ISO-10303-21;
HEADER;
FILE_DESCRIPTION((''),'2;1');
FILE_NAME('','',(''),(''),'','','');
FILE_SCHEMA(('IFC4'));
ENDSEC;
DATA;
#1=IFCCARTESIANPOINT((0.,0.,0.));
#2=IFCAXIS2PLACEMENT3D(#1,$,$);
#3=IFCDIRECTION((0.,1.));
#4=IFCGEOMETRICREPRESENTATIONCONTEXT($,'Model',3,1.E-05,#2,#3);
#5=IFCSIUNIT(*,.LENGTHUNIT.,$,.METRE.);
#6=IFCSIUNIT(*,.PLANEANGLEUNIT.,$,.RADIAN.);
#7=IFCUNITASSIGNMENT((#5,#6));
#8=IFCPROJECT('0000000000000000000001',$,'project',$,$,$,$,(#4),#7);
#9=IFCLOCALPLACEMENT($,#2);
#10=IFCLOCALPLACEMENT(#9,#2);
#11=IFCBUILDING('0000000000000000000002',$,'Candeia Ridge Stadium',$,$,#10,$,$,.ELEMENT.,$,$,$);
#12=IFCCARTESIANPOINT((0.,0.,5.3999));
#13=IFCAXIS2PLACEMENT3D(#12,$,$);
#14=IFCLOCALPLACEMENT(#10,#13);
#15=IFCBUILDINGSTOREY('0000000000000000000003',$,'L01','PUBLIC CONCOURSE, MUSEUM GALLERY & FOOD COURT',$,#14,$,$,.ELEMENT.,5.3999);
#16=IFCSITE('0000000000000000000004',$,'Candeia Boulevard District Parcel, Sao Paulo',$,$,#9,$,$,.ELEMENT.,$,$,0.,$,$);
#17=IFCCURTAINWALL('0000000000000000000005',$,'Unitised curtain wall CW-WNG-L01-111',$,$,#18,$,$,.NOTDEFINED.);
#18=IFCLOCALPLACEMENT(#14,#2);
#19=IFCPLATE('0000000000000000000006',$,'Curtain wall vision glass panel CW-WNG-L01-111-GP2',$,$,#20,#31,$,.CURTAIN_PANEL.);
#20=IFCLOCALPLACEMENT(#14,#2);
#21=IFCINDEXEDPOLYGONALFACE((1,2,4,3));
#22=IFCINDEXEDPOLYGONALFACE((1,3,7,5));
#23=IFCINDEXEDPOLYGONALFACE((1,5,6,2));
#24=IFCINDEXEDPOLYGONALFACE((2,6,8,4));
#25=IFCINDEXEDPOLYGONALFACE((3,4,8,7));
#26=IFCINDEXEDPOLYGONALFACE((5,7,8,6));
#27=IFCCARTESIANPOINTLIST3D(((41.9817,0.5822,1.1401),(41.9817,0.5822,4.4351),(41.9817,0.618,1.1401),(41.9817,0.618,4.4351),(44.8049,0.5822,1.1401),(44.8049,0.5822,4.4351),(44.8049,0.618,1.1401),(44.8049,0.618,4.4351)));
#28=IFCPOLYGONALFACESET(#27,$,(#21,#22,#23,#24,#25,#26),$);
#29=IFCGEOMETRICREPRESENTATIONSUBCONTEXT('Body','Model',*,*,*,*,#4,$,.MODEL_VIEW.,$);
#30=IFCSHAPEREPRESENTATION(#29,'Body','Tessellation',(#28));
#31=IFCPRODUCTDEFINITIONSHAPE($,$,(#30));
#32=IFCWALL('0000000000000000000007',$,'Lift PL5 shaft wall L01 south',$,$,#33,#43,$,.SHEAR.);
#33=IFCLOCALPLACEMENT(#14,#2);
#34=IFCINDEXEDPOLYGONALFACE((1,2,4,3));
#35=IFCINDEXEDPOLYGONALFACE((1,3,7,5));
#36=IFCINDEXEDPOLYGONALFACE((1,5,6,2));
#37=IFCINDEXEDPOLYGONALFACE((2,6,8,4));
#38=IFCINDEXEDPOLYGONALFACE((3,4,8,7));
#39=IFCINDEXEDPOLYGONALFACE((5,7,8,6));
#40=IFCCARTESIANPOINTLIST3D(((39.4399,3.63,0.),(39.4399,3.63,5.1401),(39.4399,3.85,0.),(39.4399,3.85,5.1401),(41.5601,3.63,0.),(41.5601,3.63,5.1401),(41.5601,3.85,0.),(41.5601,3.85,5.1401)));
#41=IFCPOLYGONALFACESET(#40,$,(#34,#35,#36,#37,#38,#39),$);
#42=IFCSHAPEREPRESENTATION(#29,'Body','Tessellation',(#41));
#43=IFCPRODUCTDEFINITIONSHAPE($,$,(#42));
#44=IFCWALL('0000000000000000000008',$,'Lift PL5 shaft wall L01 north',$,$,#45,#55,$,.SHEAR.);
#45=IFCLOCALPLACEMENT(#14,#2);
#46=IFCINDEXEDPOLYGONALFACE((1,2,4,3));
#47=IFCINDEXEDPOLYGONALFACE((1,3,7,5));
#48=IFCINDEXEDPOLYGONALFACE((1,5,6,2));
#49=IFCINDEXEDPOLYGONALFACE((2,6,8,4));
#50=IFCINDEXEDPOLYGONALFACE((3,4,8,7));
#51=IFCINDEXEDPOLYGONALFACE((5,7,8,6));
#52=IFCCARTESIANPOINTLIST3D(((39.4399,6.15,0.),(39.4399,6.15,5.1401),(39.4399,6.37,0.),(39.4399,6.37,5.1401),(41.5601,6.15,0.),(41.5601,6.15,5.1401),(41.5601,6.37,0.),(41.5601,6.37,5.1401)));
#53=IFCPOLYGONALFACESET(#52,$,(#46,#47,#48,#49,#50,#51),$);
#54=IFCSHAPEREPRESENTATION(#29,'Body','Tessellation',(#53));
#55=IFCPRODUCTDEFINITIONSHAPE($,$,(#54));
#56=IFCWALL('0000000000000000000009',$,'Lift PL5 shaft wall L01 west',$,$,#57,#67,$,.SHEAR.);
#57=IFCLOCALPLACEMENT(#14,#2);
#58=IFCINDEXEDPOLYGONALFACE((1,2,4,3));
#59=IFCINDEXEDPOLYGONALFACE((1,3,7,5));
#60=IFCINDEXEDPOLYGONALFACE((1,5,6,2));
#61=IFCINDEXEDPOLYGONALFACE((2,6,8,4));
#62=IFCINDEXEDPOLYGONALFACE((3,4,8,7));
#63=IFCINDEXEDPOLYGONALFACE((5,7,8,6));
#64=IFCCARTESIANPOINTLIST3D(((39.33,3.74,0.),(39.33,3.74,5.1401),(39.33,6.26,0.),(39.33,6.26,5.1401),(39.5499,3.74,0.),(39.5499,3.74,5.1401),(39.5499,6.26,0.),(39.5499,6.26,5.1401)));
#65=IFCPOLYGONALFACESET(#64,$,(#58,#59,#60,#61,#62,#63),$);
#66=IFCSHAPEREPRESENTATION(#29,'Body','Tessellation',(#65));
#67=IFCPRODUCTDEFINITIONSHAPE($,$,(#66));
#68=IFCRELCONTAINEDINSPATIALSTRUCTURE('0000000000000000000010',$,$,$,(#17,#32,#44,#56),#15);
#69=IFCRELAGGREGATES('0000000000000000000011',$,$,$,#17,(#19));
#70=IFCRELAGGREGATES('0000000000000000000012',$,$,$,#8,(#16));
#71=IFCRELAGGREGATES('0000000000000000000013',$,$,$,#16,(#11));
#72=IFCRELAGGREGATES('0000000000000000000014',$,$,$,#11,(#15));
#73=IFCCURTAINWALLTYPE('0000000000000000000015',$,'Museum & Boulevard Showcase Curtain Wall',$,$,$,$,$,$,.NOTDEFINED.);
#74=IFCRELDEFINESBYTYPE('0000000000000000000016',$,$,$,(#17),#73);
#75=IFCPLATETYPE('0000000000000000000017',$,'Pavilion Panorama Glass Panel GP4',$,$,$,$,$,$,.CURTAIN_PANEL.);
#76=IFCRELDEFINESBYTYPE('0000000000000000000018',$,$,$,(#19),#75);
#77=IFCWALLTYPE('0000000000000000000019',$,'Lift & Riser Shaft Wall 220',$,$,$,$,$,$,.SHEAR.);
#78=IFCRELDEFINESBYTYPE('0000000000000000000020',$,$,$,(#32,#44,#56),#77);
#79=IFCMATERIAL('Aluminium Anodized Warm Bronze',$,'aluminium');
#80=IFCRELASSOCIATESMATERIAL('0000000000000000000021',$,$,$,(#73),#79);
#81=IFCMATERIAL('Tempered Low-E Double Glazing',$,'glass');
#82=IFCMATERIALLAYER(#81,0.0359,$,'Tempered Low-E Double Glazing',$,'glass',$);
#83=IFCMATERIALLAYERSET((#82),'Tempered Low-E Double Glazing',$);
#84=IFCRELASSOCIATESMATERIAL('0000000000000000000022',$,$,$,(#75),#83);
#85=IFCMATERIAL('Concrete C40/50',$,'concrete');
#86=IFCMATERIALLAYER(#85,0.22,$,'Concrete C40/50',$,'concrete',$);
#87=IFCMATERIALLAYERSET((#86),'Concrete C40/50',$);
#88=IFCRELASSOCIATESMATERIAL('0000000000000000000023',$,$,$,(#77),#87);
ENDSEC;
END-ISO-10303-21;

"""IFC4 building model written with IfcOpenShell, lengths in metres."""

from ifc_helpers import new_model, si_unit, direction, frame, frame_2d, origin, origin_2d, place, context, subcontext, project, spatial, rectangle, extrude, material, layer, layer_set, type_object, element, aggregate, save


model = new_model("IFC4")

# Units and contexts
model_context = context("Model", 3, precision=1e-05, world=origin(), true_north=direction((0.0, 1.0)))
body_context = subcontext(model_context, "Body", "Model", "MODEL_VIEW")
ifc_project = project(units=[si_unit("LENGTHUNIT", "METRE"), si_unit("PLANEANGLEUNIT", "RADIAN")], contexts=[model_context])

# Site, building, storey
site_placement = place(None, origin())
site = spatial("IfcSite", under=ifc_project, at=site_placement, Name="Candeia Boulevard District Parcel, Sao Paulo", CompositionType="ELEMENT", RefElevation=0.0)
building_placement = place(site_placement, origin())
building = spatial("IfcBuilding", under=site, at=building_placement, Name="Candeia Ridge Stadium", CompositionType="ELEMENT")
storey_placement = place(building_placement, frame((0.0, 0.0, 5.3999)))
storey = spatial("IfcBuildingStorey", under=building, at=storey_placement, Name="L01", Description="PUBLIC CONCOURSE, MUSEUM GALLERY & FOOD COURT", CompositionType="ELEMENT", Elevation=5.3999)

# Shared definitions
ifc_material_1 = material(Name="Concrete C40/50", Category="concrete")

# Curtain wall
ifc_material_2 = material(Name="Aluminium Anodized Warm Bronze", Category="aluminium")
curtain_wall_type = type_object("IfcCurtainWallType", Name="Museum & Boulevard Showcase Curtain Wall", PredefinedType="NOTDEFINED", material=ifc_material_2)
curtain_wall_placement = place(storey_placement, origin())
curtain_wall = element("IfcCurtainWall", 1, at=curtain_wall_placement, inside=storey, type_object=curtain_wall_type, Name="Unitised curtain wall CW-WNG-L01-111", PredefinedType="NOTDEFINED")

# Plate
ifc_material_3 = material(Name="Tempered Low-E Double Glazing", Category="glass")
ifc_layer_1 = layer(ifc_material_3, 0.0359, Name="Tempered Low-E Double Glazing", Category="glass")
ifc_layer_set_1 = layer_set([ifc_layer_1], Name="Tempered Low-E Double Glazing")
plate_type_1 = type_object("IfcPlateType", Name="Pavilion Panorama Glass Panel GP4", PredefinedType="CURTAIN_PANEL", material=ifc_layer_set_1)
plate_1_placement = place(storey_placement, frame((43.3933, 0.6001, 1.1401), z_axis=(0.0, 0.0, 1.0), x_axis=(1.0, 0.0, 0.0)))
plate_1 = element("IfcPlate", 2, at=plate_1_placement, type_object=plate_type_1, Name="Curtain wall vision glass panel CW-WNG-L01-111-GP2", PredefinedType="CURTAIN_PANEL", context=body_context, shape_type="SweptSolid", body=[
    extrude(rectangle(XDim=2.8232, YDim=0.0359, at=origin_2d()), origin(), (0.0, 0.0, 1.0), 3.2949),
])
aggregate(curtain_wall, [plate_1])

# Wall
ifc_layer_2 = layer(ifc_material_1, 0.22, Name="Concrete C40/50", Category="concrete")
ifc_layer_set_2 = layer_set([ifc_layer_2], Name="Concrete C40/50")
wall_type = type_object("IfcWallType", Name="Lift & Riser Shaft Wall 220", PredefinedType="SHEAR", material=ifc_layer_set_2)
wall_1_placement = place(storey_placement, frame((39.4399, 3.74, 0.0), z_axis=(0.0, 0.0, 1.0), x_axis=(1.0, 0.0, 0.0)))
element("IfcWall", 3, at=wall_1_placement, inside=storey, type_object=wall_type, Name="Lift PL5 shaft wall L01 south", PredefinedType="SHEAR", context=body_context, shape_type="SweptSolid", body=[
    extrude(rectangle(XDim=2.1201, YDim=0.22, at=frame_2d((1.0601, 0.0))), origin(), (0.0, 0.0, 1.0), 5.1401),
])

# Walls
wall_2_placement = place(storey_placement, frame((41.5601, 6.26, 0.0), z_axis=(0.0, 0.0, 1.0), x_axis=(-1.0, 0.0, 0.0)))
element("IfcWall", 4, at=wall_2_placement, inside=storey, type_object=wall_type, Name="Lift PL5 shaft wall L01 north", PredefinedType="SHEAR", context=body_context, shape_type="SweptSolid", body=[
    extrude(rectangle(XDim=2.1201, YDim=0.22, at=frame_2d((1.0601, 0.0))), origin(), (0.0, 0.0, 1.0), 5.1401),
])
wall_3_placement = place(storey_placement, frame((39.4399, 6.26, 0.0), z_axis=(0.0, 0.0, 1.0), x_axis=(0.0, -1.0, 0.0)))
element("IfcWall", 5, at=wall_3_placement, inside=storey, type_object=wall_type, Name="Lift PL5 shaft wall L01 west", PredefinedType="SHEAR", context=body_context, shape_type="SweptSolid", body=[
    extrude(rectangle(XDim=2.52, YDim=0.22, at=frame_2d((1.26, 0.0))), origin(), (0.0, 0.0, 1.0), 5.1401),
])

save(model, "model.ifc")
